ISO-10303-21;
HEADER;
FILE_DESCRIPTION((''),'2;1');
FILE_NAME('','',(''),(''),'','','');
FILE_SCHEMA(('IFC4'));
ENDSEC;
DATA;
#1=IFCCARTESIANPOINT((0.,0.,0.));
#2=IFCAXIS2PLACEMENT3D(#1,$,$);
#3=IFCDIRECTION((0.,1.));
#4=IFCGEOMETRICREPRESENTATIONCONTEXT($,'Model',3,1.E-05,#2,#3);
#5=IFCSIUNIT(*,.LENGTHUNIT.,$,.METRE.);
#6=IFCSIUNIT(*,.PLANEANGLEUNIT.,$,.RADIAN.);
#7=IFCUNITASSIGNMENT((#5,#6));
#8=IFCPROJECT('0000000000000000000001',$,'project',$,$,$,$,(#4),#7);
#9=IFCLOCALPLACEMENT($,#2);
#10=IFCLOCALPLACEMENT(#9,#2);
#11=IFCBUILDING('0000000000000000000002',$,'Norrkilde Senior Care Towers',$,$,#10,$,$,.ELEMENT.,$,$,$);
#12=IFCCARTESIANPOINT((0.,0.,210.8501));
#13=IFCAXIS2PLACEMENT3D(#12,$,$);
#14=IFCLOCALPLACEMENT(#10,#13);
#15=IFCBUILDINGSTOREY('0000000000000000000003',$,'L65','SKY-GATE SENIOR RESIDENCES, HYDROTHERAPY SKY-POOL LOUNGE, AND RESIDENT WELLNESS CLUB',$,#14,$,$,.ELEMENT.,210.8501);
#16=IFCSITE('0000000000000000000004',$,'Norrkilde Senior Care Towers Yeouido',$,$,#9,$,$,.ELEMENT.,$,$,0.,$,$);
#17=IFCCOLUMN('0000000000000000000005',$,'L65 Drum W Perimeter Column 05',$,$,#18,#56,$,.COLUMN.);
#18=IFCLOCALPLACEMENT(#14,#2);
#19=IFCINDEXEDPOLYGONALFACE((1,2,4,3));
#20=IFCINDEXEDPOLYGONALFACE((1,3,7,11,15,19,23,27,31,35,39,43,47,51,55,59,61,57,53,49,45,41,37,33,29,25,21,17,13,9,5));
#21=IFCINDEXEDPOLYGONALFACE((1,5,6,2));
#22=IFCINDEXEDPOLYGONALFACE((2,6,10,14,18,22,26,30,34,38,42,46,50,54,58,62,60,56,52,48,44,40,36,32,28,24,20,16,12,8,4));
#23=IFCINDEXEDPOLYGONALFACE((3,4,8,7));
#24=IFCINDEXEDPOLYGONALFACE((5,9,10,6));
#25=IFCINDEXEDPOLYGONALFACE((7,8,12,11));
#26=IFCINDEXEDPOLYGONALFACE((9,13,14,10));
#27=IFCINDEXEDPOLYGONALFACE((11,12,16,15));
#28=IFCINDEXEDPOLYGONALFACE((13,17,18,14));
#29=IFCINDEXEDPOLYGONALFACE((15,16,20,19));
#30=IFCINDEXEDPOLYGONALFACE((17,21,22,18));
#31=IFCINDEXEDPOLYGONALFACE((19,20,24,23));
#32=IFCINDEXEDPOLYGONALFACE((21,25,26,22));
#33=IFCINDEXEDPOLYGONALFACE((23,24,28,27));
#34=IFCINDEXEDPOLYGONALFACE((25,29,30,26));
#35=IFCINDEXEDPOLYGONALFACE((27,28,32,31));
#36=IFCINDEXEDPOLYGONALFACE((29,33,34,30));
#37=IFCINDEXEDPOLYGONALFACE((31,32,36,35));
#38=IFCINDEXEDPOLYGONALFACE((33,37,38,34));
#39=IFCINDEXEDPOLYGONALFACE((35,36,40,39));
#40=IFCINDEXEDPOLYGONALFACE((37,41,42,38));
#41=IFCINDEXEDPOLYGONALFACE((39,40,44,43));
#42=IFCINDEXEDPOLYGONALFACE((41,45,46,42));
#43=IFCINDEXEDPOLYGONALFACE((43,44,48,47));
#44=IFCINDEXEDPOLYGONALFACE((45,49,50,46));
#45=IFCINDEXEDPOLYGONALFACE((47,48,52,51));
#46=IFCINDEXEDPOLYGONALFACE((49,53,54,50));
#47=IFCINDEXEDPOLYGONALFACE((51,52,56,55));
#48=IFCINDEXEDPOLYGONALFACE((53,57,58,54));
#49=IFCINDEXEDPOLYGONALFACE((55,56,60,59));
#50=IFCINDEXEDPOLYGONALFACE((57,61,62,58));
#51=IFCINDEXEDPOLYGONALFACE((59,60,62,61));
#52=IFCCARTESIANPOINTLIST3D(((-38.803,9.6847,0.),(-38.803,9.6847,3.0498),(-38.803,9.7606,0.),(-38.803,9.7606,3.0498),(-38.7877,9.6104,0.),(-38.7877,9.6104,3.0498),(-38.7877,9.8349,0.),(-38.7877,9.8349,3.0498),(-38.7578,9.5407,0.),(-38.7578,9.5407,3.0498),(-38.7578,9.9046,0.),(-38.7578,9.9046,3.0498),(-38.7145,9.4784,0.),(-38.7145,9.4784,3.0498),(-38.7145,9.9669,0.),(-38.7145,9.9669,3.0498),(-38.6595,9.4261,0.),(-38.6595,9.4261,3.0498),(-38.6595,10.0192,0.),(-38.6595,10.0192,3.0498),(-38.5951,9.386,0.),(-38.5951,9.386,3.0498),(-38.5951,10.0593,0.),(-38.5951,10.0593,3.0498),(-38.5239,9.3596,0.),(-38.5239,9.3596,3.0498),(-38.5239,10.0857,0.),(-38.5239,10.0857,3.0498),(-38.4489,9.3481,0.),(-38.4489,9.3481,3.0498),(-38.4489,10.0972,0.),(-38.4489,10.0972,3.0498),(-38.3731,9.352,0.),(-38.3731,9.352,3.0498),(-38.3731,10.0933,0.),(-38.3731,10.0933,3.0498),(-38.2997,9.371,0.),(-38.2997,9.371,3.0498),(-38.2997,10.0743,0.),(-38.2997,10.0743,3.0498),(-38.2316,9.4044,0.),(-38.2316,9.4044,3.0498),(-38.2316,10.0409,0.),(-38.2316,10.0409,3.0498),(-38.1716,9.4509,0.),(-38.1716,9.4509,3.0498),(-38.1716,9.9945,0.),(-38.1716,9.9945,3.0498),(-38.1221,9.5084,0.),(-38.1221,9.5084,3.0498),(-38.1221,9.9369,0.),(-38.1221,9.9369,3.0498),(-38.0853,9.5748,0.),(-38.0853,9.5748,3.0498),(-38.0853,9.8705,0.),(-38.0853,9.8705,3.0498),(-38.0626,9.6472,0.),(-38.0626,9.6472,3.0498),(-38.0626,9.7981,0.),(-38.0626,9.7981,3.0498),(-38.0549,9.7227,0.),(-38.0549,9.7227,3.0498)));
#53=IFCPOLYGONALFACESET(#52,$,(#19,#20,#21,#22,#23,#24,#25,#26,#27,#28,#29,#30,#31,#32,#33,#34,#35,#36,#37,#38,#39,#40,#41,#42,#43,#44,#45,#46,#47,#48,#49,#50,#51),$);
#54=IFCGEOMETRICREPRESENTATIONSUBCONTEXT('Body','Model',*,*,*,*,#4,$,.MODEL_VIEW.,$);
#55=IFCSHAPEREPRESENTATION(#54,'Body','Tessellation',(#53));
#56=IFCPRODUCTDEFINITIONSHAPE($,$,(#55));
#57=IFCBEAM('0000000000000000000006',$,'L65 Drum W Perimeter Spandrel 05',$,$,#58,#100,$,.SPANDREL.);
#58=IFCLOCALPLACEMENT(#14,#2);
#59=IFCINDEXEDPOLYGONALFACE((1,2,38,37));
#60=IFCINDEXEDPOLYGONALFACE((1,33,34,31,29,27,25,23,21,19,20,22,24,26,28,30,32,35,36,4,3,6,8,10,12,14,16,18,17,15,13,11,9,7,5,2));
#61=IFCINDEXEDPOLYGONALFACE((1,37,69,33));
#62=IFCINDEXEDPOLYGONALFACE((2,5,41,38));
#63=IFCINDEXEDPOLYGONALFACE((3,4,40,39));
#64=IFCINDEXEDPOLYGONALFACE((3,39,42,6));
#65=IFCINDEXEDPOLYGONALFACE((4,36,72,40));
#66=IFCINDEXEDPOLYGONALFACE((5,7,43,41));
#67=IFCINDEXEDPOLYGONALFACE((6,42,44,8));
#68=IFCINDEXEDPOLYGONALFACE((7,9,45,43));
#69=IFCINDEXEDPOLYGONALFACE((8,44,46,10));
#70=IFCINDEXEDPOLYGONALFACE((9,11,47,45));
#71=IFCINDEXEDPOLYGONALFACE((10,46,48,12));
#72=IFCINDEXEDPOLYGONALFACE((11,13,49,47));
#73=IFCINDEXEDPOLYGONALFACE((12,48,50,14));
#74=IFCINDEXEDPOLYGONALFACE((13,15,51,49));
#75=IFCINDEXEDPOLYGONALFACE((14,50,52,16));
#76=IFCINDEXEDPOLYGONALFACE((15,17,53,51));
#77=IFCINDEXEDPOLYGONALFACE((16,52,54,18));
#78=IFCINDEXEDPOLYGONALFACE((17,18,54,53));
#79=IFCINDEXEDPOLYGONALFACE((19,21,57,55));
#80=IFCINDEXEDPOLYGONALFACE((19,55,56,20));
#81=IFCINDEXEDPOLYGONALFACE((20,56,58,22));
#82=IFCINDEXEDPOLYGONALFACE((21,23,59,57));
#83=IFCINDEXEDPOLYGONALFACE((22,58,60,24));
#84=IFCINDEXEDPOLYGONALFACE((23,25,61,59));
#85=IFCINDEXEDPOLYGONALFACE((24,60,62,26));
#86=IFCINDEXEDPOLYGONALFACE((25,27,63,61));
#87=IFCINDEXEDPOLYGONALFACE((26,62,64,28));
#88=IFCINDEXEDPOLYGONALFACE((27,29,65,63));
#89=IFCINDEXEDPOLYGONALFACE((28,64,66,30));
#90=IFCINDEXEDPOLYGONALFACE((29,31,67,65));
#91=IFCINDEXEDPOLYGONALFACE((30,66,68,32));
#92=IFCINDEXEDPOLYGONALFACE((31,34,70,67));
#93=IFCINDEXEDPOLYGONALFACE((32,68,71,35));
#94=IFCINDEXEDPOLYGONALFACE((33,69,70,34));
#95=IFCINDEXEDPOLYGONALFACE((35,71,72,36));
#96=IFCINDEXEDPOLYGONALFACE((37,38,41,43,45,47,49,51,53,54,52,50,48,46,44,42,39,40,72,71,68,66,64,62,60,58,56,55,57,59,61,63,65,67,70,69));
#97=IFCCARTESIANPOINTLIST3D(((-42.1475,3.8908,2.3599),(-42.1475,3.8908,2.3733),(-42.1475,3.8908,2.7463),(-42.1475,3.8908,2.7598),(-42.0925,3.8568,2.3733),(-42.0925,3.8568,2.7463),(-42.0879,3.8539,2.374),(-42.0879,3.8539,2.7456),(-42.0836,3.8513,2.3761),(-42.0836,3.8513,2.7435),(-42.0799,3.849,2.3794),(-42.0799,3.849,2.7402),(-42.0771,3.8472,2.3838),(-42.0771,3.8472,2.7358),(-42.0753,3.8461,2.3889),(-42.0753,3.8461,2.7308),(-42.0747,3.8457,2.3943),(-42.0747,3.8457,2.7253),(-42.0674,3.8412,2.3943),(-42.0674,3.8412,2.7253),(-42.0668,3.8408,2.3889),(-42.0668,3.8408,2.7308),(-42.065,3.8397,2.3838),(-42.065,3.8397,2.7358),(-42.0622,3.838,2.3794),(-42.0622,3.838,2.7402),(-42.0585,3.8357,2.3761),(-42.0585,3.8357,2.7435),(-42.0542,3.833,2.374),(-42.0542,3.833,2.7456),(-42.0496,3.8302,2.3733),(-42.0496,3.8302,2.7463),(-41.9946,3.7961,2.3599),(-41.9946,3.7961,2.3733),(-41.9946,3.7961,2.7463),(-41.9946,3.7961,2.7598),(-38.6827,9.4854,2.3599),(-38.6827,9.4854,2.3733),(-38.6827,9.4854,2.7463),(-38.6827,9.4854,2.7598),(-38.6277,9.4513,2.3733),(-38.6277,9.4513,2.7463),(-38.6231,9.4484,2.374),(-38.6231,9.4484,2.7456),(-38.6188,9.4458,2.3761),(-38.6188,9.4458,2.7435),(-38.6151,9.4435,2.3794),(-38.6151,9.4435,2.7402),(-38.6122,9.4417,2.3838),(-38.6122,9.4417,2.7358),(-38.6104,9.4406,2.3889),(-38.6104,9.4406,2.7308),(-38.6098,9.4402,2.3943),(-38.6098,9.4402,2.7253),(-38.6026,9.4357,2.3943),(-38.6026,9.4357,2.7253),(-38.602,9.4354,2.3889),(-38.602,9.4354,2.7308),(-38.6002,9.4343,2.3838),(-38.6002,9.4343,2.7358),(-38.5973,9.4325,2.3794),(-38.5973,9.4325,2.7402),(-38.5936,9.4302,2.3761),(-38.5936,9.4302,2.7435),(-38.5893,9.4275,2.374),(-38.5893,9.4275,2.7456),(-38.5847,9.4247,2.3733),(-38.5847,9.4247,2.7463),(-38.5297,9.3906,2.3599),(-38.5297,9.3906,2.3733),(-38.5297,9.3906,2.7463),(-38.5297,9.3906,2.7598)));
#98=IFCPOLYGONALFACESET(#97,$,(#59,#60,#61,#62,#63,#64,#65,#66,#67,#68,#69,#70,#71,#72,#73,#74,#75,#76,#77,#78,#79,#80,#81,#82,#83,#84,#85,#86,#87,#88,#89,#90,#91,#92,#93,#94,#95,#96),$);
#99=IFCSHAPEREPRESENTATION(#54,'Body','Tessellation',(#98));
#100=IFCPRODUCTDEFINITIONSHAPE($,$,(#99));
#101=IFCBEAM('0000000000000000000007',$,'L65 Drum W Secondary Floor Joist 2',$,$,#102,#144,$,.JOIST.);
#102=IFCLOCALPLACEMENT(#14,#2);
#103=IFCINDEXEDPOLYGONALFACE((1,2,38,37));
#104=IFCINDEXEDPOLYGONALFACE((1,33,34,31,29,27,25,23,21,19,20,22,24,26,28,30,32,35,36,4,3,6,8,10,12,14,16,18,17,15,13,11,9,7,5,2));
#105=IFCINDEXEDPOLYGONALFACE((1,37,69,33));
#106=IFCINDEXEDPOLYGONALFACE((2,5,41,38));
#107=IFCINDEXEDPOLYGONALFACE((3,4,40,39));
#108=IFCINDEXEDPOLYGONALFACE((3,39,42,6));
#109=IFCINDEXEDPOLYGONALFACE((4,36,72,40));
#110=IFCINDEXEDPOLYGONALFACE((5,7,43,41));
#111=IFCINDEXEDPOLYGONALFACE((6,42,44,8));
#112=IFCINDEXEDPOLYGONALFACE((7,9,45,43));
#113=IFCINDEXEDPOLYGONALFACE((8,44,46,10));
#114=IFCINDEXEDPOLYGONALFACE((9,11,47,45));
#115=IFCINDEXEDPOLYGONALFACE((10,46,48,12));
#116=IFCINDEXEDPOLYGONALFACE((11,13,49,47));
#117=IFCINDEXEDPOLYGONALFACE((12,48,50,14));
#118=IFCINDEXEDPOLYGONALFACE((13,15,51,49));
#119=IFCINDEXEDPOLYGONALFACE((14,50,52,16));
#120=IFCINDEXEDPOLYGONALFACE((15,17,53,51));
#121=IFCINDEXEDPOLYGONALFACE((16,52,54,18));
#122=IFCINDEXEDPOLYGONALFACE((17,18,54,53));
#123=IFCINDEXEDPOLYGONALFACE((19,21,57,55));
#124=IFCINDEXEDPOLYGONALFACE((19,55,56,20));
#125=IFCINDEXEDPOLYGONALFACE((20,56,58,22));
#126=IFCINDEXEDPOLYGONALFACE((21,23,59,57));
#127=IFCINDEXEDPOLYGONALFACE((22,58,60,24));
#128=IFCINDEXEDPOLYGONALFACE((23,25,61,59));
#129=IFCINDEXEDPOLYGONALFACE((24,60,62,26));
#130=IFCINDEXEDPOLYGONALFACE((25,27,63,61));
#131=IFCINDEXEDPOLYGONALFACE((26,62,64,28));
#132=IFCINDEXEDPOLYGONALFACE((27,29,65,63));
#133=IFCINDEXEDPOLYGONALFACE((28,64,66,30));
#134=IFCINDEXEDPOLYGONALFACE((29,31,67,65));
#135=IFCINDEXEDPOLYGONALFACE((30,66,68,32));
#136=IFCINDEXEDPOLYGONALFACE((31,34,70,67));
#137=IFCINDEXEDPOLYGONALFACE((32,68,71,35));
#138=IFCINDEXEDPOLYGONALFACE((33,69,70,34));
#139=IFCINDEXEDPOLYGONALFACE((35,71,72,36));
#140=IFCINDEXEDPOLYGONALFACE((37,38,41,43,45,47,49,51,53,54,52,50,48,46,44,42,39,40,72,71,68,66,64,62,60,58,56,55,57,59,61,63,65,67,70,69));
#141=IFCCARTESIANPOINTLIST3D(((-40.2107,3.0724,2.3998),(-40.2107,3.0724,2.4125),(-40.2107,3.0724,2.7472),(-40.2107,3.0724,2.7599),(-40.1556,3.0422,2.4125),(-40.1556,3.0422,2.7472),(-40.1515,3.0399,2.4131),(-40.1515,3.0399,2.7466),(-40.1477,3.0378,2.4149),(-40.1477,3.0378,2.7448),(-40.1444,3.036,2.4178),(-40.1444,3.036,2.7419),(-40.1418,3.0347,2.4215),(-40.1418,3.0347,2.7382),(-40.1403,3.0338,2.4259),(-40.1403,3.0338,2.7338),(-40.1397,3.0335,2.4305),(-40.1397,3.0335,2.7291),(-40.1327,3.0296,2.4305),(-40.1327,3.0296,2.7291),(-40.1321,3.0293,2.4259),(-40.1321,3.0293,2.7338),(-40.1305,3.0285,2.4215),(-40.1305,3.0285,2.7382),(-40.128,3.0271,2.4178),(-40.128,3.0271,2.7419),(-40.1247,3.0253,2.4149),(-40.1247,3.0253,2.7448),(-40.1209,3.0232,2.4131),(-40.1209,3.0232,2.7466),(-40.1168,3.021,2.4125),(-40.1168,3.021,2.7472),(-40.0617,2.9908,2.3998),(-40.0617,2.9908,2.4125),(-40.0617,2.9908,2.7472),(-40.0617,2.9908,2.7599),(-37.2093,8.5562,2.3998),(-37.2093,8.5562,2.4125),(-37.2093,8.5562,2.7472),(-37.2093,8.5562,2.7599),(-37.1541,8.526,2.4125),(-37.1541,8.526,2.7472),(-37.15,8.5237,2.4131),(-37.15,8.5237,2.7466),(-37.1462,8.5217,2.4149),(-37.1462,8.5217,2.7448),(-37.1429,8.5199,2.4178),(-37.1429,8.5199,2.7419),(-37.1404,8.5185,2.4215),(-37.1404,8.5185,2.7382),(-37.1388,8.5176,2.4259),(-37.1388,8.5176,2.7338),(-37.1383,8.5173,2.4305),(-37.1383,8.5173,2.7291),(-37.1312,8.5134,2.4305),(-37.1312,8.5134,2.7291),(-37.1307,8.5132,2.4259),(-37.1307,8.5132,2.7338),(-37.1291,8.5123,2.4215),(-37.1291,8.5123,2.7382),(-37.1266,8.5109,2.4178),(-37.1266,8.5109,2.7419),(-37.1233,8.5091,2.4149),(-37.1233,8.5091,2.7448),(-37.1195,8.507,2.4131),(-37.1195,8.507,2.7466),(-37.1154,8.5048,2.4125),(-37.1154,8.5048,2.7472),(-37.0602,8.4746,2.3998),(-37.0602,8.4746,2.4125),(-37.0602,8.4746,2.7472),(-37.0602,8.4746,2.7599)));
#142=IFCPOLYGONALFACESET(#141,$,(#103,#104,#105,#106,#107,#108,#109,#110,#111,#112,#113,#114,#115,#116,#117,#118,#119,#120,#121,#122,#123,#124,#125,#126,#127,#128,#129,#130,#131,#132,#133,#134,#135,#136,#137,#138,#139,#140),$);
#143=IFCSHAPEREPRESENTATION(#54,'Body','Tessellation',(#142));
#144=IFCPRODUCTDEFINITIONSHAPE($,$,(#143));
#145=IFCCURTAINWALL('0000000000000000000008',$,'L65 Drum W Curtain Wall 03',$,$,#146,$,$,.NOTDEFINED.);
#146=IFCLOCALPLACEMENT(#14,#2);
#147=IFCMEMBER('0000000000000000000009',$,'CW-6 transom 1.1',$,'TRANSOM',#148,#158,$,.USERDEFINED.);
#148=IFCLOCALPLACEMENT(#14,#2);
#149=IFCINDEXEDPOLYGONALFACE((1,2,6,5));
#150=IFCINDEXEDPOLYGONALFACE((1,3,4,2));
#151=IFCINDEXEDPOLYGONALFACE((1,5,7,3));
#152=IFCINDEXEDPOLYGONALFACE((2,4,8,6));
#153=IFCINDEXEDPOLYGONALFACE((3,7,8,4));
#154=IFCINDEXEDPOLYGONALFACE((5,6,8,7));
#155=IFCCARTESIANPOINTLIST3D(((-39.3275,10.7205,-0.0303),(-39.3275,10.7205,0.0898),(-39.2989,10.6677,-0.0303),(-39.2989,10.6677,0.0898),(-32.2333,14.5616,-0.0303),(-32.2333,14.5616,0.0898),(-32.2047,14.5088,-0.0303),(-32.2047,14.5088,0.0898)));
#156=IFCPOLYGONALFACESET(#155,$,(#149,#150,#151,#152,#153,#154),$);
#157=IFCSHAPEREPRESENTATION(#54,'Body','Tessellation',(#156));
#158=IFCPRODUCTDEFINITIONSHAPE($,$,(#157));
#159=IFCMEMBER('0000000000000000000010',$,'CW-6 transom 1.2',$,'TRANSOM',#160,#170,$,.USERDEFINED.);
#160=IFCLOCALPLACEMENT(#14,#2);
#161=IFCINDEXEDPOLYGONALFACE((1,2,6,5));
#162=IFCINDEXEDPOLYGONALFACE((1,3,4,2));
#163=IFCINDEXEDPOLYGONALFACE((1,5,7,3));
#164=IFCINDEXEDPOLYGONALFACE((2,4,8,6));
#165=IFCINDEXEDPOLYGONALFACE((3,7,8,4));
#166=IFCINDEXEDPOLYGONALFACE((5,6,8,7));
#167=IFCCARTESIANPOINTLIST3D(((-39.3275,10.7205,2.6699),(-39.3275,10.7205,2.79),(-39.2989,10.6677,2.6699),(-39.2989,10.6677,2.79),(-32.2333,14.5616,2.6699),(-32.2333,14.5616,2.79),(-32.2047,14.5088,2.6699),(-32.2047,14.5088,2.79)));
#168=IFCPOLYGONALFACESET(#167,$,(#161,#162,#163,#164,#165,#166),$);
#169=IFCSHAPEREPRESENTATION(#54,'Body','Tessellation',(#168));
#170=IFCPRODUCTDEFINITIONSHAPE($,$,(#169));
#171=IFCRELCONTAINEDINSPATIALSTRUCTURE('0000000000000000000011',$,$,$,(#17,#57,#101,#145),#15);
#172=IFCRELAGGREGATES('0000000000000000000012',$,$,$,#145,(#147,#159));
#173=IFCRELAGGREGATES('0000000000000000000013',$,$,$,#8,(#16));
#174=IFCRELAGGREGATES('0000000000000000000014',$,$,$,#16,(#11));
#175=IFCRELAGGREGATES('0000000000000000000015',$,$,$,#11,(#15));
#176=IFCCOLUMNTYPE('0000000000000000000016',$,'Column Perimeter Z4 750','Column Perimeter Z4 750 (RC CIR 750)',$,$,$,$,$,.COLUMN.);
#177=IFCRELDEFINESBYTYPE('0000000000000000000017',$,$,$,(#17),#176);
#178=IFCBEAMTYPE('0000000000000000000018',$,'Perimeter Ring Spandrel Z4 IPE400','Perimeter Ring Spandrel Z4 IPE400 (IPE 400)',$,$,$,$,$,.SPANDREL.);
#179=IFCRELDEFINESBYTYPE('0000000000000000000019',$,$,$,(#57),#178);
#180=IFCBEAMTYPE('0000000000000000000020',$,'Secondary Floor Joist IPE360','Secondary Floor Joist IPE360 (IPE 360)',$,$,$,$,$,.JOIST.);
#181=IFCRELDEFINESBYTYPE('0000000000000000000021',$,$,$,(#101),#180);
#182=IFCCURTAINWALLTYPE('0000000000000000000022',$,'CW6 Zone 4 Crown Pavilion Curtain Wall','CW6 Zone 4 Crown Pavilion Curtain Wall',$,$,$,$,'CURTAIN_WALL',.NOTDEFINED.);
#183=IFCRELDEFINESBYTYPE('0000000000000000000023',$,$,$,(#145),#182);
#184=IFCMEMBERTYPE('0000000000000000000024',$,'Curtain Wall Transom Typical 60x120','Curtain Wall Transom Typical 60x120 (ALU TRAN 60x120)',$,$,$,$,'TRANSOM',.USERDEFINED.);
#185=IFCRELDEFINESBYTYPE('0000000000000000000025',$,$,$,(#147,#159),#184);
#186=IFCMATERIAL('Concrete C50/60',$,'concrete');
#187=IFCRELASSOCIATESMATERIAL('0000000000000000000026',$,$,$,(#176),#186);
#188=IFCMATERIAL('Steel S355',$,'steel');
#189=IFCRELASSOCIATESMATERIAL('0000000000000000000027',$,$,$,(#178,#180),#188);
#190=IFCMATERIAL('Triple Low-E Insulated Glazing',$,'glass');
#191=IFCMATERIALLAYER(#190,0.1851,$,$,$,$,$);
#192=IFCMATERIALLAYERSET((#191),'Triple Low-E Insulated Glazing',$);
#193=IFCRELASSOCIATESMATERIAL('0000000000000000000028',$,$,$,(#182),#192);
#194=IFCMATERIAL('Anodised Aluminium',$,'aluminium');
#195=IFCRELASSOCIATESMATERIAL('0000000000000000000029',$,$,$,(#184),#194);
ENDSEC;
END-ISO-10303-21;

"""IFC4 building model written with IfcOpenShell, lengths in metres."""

from ifc_helpers import new_model, si_unit, direction, frame, origin, origin_2d, place, context, subcontext, project, spatial, rectangle, circle, i_section, extrude, source, transform, mapped, material, layer, layer_set, material_profile, profile_set, type_object, type_shapes, element, aggregate, save


model = new_model("IFC4")

# Units and contexts
model_context = context("Model", 3, precision=1e-05, world=origin(), true_north=direction((0.0, 1.0)))
body_context = subcontext(model_context, "Body", "Model", "MODEL_VIEW")
ifc_project = project(units=[si_unit("LENGTHUNIT", "METRE"), si_unit("PLANEANGLEUNIT", "RADIAN")], contexts=[model_context])

# Site, building, storey
site_placement = place(None, origin())
site = spatial("IfcSite", under=ifc_project, at=site_placement, Name="Norrkilde Senior Care Towers Yeouido", CompositionType="ELEMENT", RefElevation=0.0)
building_placement = place(site_placement, origin())
building = spatial("IfcBuilding", under=site, at=building_placement, Name="Norrkilde Senior Care Towers", CompositionType="ELEMENT")
storey_placement = place(building_placement, frame((0.0, 0.0, 210.8501)))
storey = spatial("IfcBuildingStorey", under=building, at=storey_placement, Name="L65", Description="SKY-GATE SENIOR RESIDENCES, HYDROTHERAPY SKY-POOL LOUNGE, AND RESIDENT WELLNESS CLUB", CompositionType="ELEMENT", Elevation=210.8501)

# Column
ifc_material_1 = material(Name="Concrete C50/60", Category="concrete")
ifc_material_profile_1 = material_profile(ifc_material_1, circle(Radius=0.375, at=origin_2d()), Name="RC CIR 750")
ifc_profile_set_1 = profile_set([ifc_material_profile_1], Name="Concrete C50/60")
column_type = type_object("IfcColumnType", Name="Column Perimeter Z4 750", Description="Column Perimeter Z4 750 (RC CIR 750)", PredefinedType="COLUMN", material=ifc_profile_set_1)
shared_shape_1 = source(origin(), body_context, "Body", "SweptSolid", [
    extrude(circle(Radius=0.375, at=origin_2d()), origin(), (0.0, 0.0, 1.0), 3.0498),
])
type_shapes(column_type, [shared_shape_1])
column_placement = place(storey_placement, frame((-38.4299, 9.7227, 0.0), z_axis=(0.0, 0.0, 1.0), x_axis=(1.0, 0.0, 0.0)))
element("IfcColumn", 1, at=column_placement, inside=storey, type_object=column_type, Name="L65 Drum W Perimeter Column 05", PredefinedType="COLUMN", context=body_context, shape_type="MappedRepresentation", body=[
    mapped(shared_shape_1, transform((0.0, 0.0, 0.0), x_axis=(1.0, 0.0, 0.0), y_axis=(0.0, 1.0, 0.0), z_axis=(0.0, 0.0, 1.0), scale=1.0)),
])

# Beams
ifc_material_2 = material(Name="Steel S355", Category="steel")
ifc_material_profile_2 = material_profile(ifc_material_2, i_section(OverallWidth=0.1799, OverallDepth=0.3999, WebThickness=0.0085, FlangeThickness=0.0134, FilletRadius=0.021, at=origin_2d()), Name="IPE 400")
ifc_profile_set_2 = profile_set([ifc_material_profile_2], Name="Steel S355")
beam_type_1 = type_object("IfcBeamType", Name="Perimeter Ring Spandrel Z4 IPE400", Description="Perimeter Ring Spandrel Z4 IPE400 (IPE 400)", PredefinedType="SPANDREL", material=ifc_profile_set_2)
shared_shape_2 = source(origin(), body_context, "Body", "SweptSolid", [
    extrude(i_section(OverallWidth=0.1799, OverallDepth=0.3999, WebThickness=0.0085, FlangeThickness=0.0134, FilletRadius=0.021, at=origin_2d()), origin(), (0.0, 0.0, 1.0), 6.5806),
])
type_shapes(beam_type_1, [shared_shape_2])
beam_1_placement = place(storey_placement, frame((-38.6062, 9.438, 2.5598), z_axis=(-0.52653, -0.850157, 0.0), x_axis=(0.850157, -0.52653, 0.0)))
element("IfcBeam", 2, at=beam_1_placement, inside=storey, type_object=beam_type_1, Name="L65 Drum W Perimeter Spandrel 05", PredefinedType="SPANDREL", context=body_context, shape_type="MappedRepresentation", body=[
    mapped(shared_shape_2, transform((0.0, 0.0, 0.0), x_axis=(1.0, 0.0, 0.0), y_axis=(0.0, 1.0, 0.0), z_axis=(0.0, 0.0, 1.0), scale=1.0)),
])
ifc_material_profile_3 = material_profile(ifc_material_2, i_section(OverallWidth=0.1699, OverallDepth=0.3601, WebThickness=0.0081, FlangeThickness=0.0127, FilletRadius=0.0181, at=origin_2d()), Name="IPE 360")
ifc_profile_set_3 = profile_set([ifc_material_profile_3], Name="Steel S355")
beam_type_2 = type_object("IfcBeamType", Name="Secondary Floor Joist IPE360", Description="Secondary Floor Joist IPE360 (IPE 360)", PredefinedType="JOIST", material=ifc_profile_set_3)
shared_shape_3 = source(origin(), body_context, "Body", "SweptSolid", [
    extrude(i_section(OverallWidth=0.1699, OverallDepth=0.3601, WebThickness=0.0081, FlangeThickness=0.0127, FilletRadius=0.0181, at=origin_2d()), origin(), (0.0, 0.0, 1.0), 6.2515),
])
type_shapes(beam_type_2, [shared_shape_3])
beam_2_placement = place(storey_placement, frame((-37.1348, 8.5154, 2.5798), z_axis=(-0.480116, -0.877205, 0.0), x_axis=(0.877205, -0.480116, 0.0)))
element("IfcBeam", 3, at=beam_2_placement, inside=storey, type_object=beam_type_2, Name="L65 Drum W Secondary Floor Joist 2", PredefinedType="JOIST", context=body_context, shape_type="MappedRepresentation", body=[
    mapped(shared_shape_3, transform((0.0, 0.0, 0.0), x_axis=(1.0, 0.0, 0.0), y_axis=(0.0, 1.0, 0.0), z_axis=(0.0, 0.0, 1.0), scale=1.0)),
])

# Curtain wall, members
ifc_material_3 = material(Name="Triple Low-E Insulated Glazing", Category="glass")
ifc_layer_1 = layer(ifc_material_3, 0.1851)
ifc_layer_set_1 = layer_set([ifc_layer_1], Name="Triple Low-E Insulated Glazing")
curtain_wall_type = type_object("IfcCurtainWallType", Name="CW6 Zone 4 Crown Pavilion Curtain Wall", Description="CW6 Zone 4 Crown Pavilion Curtain Wall", ElementType="CURTAIN_WALL", PredefinedType="NOTDEFINED", material=ifc_layer_set_1)
curtain_wall_1_placement = place(storey_placement, origin())
curtain_wall_1 = element("IfcCurtainWall", 4, at=curtain_wall_1_placement, inside=storey, type_object=curtain_wall_type, Name="L65 Drum W Curtain Wall 03", PredefinedType="NOTDEFINED")
ifc_material_4 = material(Name="Anodised Aluminium", Category="aluminium")
ifc_material_profile_4 = material_profile(ifc_material_4, rectangle(XDim=0.0601, YDim=0.1201, at=origin_2d()), Name="ALU TRAN 60x120")
ifc_profile_set_4 = profile_set([ifc_material_profile_4], Name="Anodised Aluminium")
member_type_1 = type_object("IfcMemberType", Name="Curtain Wall Transom Typical 60x120", Description="Curtain Wall Transom Typical 60x120 (ALU TRAN 60x120)", ElementType="TRANSOM", PredefinedType="USERDEFINED", material=ifc_profile_set_4)
shared_shape_4 = source(origin(), body_context, "Body", "SweptSolid", [
    extrude(rectangle(XDim=0.0601, YDim=0.1201, at=origin_2d()), origin(), (0.0, 0.0, 1.0), 8.0674),
])
type_shapes(member_type_1, [shared_shape_4])
member_1_placement = place(storey_placement, frame((-39.3132, 10.6941, 0.0298), z_axis=(0.879378, 0.476125, 0.0), x_axis=(-0.476125, 0.879378, 0.0)))
member_1 = element("IfcMember", 5, at=member_1_placement, type_object=member_type_1, Name="CW-6 transom 1.1", ObjectType="TRANSOM", PredefinedType="USERDEFINED", context=body_context, shape_type="MappedRepresentation", body=[
    mapped(shared_shape_4, transform((0.0, 0.0, 0.0), x_axis=(1.0, 0.0, 0.0), y_axis=(0.0, 1.0, 0.0), z_axis=(0.0, 0.0, 1.0), scale=1.0)),
])
member_2_placement = place(storey_placement, frame((-39.3132, 10.6941, 2.73), z_axis=(0.879378, 0.476125, 0.0), x_axis=(-0.476125, 0.879378, 0.0)))
member_2 = element("IfcMember", 6, at=member_2_placement, type_object=member_type_1, Name="CW-6 transom 1.2", ObjectType="TRANSOM", PredefinedType="USERDEFINED", context=body_context, shape_type="MappedRepresentation", body=[
    mapped(shared_shape_4, transform((0.0, 0.0, 0.0), x_axis=(1.0, 0.0, 0.0), y_axis=(0.0, 1.0, 0.0), z_axis=(0.0, 0.0, 1.0), scale=1.0)),
])

aggregate(curtain_wall_1, [member_1, member_2])

save(model, "model.ifc")
